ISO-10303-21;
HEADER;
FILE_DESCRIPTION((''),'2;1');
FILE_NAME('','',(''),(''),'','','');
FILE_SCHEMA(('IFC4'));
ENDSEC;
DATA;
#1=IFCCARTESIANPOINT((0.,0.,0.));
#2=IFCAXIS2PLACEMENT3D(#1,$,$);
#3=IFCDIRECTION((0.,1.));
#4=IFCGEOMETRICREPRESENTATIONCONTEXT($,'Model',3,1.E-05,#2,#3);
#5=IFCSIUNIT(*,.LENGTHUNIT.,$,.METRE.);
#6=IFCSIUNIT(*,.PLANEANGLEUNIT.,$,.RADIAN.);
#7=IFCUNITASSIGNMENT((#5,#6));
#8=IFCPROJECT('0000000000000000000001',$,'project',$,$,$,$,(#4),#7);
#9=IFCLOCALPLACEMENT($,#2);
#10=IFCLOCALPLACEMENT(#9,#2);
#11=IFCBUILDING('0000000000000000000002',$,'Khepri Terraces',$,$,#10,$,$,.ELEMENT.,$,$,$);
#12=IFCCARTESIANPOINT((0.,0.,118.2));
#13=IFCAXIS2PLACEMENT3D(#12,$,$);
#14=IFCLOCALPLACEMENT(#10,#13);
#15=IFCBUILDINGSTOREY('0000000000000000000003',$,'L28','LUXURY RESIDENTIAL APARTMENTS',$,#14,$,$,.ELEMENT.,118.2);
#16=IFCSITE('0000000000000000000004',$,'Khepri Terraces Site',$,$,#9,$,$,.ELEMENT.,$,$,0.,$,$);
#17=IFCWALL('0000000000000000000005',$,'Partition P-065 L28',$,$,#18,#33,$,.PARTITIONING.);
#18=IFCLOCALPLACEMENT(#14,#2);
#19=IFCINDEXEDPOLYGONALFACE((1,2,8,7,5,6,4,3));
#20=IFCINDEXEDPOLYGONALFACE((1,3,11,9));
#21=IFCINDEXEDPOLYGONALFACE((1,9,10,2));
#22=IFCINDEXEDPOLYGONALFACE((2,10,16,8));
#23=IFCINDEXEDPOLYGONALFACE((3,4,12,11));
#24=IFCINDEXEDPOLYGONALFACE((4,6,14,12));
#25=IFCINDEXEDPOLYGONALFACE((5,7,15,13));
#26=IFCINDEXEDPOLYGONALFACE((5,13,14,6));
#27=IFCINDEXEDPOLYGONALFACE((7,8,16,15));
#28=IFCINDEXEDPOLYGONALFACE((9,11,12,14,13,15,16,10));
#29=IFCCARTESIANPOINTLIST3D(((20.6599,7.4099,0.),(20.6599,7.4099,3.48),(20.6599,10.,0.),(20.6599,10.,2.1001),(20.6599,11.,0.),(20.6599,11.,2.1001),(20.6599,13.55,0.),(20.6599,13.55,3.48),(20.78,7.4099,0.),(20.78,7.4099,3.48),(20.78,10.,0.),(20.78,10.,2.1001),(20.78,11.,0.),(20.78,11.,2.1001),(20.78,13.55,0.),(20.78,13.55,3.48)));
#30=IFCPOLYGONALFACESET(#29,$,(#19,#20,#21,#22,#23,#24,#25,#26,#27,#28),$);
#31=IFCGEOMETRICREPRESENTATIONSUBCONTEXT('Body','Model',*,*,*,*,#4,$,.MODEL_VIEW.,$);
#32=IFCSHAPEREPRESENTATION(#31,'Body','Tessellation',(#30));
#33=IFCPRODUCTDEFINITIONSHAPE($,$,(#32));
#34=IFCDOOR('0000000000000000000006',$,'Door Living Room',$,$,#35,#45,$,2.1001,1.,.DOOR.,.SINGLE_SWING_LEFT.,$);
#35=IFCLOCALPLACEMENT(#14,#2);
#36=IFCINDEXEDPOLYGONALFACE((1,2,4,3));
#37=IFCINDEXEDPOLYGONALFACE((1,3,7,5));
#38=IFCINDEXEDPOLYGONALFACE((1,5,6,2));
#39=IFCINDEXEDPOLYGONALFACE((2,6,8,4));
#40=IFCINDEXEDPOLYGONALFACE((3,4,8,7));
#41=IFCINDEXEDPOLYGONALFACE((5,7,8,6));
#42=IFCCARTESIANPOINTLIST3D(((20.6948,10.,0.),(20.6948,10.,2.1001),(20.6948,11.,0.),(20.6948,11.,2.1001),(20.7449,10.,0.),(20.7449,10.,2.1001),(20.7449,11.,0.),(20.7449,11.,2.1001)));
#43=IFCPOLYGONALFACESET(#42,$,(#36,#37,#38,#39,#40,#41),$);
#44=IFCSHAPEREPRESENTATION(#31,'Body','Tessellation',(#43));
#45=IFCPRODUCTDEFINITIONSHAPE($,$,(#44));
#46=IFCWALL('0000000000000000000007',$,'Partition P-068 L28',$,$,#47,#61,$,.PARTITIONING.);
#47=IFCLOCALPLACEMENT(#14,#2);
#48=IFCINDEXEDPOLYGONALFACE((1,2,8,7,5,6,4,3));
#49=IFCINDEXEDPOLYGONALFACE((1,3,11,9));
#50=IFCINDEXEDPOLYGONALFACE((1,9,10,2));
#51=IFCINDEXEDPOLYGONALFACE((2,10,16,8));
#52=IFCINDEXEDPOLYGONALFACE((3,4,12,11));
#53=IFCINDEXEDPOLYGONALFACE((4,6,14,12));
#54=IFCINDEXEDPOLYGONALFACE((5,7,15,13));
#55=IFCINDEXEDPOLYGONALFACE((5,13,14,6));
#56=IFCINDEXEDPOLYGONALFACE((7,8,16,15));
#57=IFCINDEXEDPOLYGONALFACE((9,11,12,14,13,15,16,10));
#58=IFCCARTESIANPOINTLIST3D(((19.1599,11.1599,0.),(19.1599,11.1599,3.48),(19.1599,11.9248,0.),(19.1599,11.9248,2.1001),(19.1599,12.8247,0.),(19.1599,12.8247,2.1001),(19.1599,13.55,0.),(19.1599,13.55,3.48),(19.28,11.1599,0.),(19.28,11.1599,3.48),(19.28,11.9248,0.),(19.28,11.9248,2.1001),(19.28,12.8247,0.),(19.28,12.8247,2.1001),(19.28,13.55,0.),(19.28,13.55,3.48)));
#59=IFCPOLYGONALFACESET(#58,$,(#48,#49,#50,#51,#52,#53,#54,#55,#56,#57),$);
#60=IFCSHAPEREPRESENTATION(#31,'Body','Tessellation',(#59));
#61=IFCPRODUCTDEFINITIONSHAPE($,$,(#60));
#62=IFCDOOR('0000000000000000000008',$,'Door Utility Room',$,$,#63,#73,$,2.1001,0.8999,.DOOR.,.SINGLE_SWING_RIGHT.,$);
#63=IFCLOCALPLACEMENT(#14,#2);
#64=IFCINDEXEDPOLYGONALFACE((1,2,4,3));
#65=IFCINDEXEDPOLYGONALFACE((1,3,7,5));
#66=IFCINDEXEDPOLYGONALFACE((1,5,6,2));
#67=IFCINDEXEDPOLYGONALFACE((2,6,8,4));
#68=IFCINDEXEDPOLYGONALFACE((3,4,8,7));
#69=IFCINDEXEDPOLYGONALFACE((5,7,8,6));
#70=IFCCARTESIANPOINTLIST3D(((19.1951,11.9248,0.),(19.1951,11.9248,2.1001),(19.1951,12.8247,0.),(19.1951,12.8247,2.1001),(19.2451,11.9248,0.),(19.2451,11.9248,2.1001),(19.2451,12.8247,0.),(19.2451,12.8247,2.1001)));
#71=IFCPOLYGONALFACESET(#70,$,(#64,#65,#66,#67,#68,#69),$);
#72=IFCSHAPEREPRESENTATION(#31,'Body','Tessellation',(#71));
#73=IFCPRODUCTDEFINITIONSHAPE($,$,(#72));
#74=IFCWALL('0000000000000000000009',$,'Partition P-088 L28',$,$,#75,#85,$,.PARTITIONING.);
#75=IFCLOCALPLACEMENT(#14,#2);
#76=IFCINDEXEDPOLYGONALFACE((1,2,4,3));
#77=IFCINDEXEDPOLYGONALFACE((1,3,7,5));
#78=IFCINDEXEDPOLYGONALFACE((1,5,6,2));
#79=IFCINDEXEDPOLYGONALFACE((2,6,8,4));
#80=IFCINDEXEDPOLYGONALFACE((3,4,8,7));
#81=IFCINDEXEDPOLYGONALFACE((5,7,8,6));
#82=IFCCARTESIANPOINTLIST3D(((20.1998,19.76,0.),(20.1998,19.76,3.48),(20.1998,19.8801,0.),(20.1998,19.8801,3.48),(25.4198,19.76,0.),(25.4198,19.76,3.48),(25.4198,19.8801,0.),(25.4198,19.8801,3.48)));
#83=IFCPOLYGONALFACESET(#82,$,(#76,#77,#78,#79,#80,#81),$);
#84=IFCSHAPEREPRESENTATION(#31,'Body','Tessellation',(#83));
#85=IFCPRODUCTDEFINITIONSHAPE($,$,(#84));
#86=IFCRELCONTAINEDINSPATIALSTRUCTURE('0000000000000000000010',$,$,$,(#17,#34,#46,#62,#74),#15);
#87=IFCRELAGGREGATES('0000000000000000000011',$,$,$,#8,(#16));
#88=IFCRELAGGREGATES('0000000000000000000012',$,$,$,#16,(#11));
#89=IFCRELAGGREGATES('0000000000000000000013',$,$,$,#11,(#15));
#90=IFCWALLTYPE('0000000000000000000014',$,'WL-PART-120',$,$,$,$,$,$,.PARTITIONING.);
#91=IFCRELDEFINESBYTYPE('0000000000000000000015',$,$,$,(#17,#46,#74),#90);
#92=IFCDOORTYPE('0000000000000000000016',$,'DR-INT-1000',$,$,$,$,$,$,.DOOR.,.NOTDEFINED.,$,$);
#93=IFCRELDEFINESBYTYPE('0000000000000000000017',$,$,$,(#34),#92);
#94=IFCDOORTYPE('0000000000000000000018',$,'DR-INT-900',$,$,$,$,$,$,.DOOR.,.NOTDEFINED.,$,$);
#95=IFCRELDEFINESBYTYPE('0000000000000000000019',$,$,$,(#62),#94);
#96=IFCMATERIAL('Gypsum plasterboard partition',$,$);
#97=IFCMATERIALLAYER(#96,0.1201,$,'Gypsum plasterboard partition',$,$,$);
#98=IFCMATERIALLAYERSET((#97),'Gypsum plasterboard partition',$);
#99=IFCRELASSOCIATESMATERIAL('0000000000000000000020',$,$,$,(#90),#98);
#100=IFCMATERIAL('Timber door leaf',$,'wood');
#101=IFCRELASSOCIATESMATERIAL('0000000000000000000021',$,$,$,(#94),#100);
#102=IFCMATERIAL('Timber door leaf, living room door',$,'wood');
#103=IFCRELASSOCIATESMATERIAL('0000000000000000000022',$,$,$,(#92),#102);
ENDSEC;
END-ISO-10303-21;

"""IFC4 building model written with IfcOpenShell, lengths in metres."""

from ifc_helpers import new_model, si_unit, direction, frame, frame_2d, origin, place, context, subcontext, project, spatial, rectangle, extrude, material, layer, layer_set, type_object, element, fill, save


model = new_model("IFC4")

# Units and contexts
model_context = context("Model", 3, precision=1e-05, world=origin(), true_north=direction((0.0, 1.0)))
body_context = subcontext(model_context, "Body", "Model", "MODEL_VIEW")
ifc_project = project(units=[si_unit("LENGTHUNIT", "METRE"), si_unit("PLANEANGLEUNIT", "RADIAN")], contexts=[model_context])

# Site, building, storey
site_placement = place(None, origin())
site = spatial("IfcSite", under=ifc_project, at=site_placement, Name="Khepri Terraces Site", CompositionType="ELEMENT", RefElevation=0.0)
building_placement = place(site_placement, origin())
building = spatial("IfcBuilding", under=site, at=building_placement, Name="Khepri Terraces", CompositionType="ELEMENT")
storey_placement = place(building_placement, frame((0.0, 0.0, 118.2)))
storey = spatial("IfcBuildingStorey", under=building, at=storey_placement, Name="L28", Description="LUXURY RESIDENTIAL APARTMENTS", CompositionType="ELEMENT", Elevation=118.2)

# Shared definitions
ifc_material_1 = material(Name="Gypsum plasterboard partition")
ifc_layer_1 = layer(ifc_material_1, 0.1201, Name="Gypsum plasterboard partition")
ifc_layer_set_1 = layer_set([ifc_layer_1], Name="Gypsum plasterboard partition")
wall_type_1 = type_object("IfcWallType", Name="WL-PART-120", PredefinedType="PARTITIONING", material=ifc_layer_set_1)

# Walls, openings, doors
ifc_material_2 = material(Name="Timber door leaf", Category="wood")
door_type_1 = type_object("IfcDoorType", Name="DR-INT-900", OperationType="NOTDEFINED", PredefinedType="DOOR", material=ifc_material_2)
wall_1_placement = place(storey_placement, frame((20.72, 7.4099, 0.0), z_axis=(0.0, 0.0, 1.0), x_axis=(0.0, 1.0, 0.0)))
wall_1 = element("IfcWall", 1, at=wall_1_placement, inside=storey, type_object=wall_type_1, Name="Partition P-065 L28", PredefinedType="PARTITIONING", context=body_context, shape_type="SweptSolid", body=[
    extrude(rectangle(XDim=6.1401, YDim=0.1201, at=frame_2d((3.0701, 0.0))), origin(), (0.0, 0.0, 1.0), 3.48),
])
opening_1_placement = place(wall_1_placement, frame((2.5901, 0.0, 0.0)))
opening_1 = element("IfcOpeningElement", 2, at=opening_1_placement, cuts=wall_1, PredefinedType="OPENING", context=body_context, shape_type="SweptSolid", body=[
    extrude(rectangle(XDim=1.0, YDim=2.1001, at=frame_2d((0.5, 1.05))), frame((0.0, 0.0701, 0.0), z_axis=(0.0, -1.0, 0.0), x_axis=(1.0, 0.0, 0.0)), (0.0, 0.0, 1.0), 0.1401),
])
ifc_material_3 = material(Name="Timber door leaf, living room door", Category="wood")
door_type_2 = type_object("IfcDoorType", Name="DR-INT-1000", OperationType="NOTDEFINED", PredefinedType="DOOR", material=ifc_material_3)
door_1_placement = place(opening_1_placement, frame((1.0, 0.0, 0.0), z_axis=(0.0, 0.0, 1.0), x_axis=(-1.0, 0.0, 0.0)))
door_1 = element("IfcDoor", 3, at=door_1_placement, inside=storey, type_object=door_type_2, Name="Door Living Room", OperationType="SINGLE_SWING_LEFT", OverallHeight=2.1001, OverallWidth=1.0, PredefinedType="DOOR", context=body_context, shape_type="SweptSolid", body=[
    extrude(rectangle(XDim=1.0, YDim=2.1001, at=frame_2d((0.5, 1.05))), frame((0.0, 0.0249, 0.0), z_axis=(0.0, -1.0, 0.0), x_axis=(1.0, 0.0, 0.0)), (0.0, 0.0, 1.0), 0.05),
])
fill(opening_1, door_1)
wall_2_placement = place(storey_placement, frame((19.22, 11.1599, 0.0), z_axis=(0.0, 0.0, 1.0), x_axis=(0.0, 1.0, 0.0)))
wall_2 = element("IfcWall", 4, at=wall_2_placement, inside=storey, type_object=wall_type_1, Name="Partition P-068 L28", PredefinedType="PARTITIONING", context=body_context, shape_type="SweptSolid", body=[
    extrude(rectangle(XDim=2.3901, YDim=0.1201, at=frame_2d((1.1951, 0.0))), origin(), (0.0, 0.0, 1.0), 3.48),
])
opening_2_placement = place(wall_2_placement, frame((0.7649, 0.0, 0.0)))
opening_2 = element("IfcOpeningElement", 5, at=opening_2_placement, cuts=wall_2, PredefinedType="OPENING", context=body_context, shape_type="SweptSolid", body=[
    extrude(rectangle(XDim=0.8999, YDim=2.1001, at=frame_2d((0.45, 1.05))), frame((0.0, 0.0701, 0.0), z_axis=(0.0, -1.0, 0.0), x_axis=(1.0, 0.0, 0.0)), (0.0, 0.0, 1.0), 0.1401),
])
door_2_placement = place(opening_2_placement, origin())
door_2 = element("IfcDoor", 6, at=door_2_placement, inside=storey, type_object=door_type_1, Name="Door Utility Room", OperationType="SINGLE_SWING_RIGHT", OverallHeight=2.1001, OverallWidth=0.8999, PredefinedType="DOOR", context=body_context, shape_type="SweptSolid", body=[
    extrude(rectangle(XDim=0.8999, YDim=2.1001, at=frame_2d((0.45, 1.05))), frame((0.0, 0.0249, 0.0), z_axis=(0.0, -1.0, 0.0), x_axis=(1.0, 0.0, 0.0)), (0.0, 0.0, 1.0), 0.05),
])
fill(opening_2, door_2)

# Wall
wall_3_placement = place(storey_placement, frame((20.2, 19.8201, 0.0), z_axis=(0.0, 0.0, 1.0), x_axis=(1.0, 0.0, 0.0)))
element("IfcWall", 7, at=wall_3_placement, inside=storey, type_object=wall_type_1, Name="Partition P-088 L28", PredefinedType="PARTITIONING", context=body_context, shape_type="SweptSolid", body=[
    extrude(rectangle(XDim=5.22, YDim=0.1201, at=frame_2d((2.6099, 0.0))), origin(), (0.0, 0.0, 1.0), 3.48),
])

save(model, "model.ifc")
